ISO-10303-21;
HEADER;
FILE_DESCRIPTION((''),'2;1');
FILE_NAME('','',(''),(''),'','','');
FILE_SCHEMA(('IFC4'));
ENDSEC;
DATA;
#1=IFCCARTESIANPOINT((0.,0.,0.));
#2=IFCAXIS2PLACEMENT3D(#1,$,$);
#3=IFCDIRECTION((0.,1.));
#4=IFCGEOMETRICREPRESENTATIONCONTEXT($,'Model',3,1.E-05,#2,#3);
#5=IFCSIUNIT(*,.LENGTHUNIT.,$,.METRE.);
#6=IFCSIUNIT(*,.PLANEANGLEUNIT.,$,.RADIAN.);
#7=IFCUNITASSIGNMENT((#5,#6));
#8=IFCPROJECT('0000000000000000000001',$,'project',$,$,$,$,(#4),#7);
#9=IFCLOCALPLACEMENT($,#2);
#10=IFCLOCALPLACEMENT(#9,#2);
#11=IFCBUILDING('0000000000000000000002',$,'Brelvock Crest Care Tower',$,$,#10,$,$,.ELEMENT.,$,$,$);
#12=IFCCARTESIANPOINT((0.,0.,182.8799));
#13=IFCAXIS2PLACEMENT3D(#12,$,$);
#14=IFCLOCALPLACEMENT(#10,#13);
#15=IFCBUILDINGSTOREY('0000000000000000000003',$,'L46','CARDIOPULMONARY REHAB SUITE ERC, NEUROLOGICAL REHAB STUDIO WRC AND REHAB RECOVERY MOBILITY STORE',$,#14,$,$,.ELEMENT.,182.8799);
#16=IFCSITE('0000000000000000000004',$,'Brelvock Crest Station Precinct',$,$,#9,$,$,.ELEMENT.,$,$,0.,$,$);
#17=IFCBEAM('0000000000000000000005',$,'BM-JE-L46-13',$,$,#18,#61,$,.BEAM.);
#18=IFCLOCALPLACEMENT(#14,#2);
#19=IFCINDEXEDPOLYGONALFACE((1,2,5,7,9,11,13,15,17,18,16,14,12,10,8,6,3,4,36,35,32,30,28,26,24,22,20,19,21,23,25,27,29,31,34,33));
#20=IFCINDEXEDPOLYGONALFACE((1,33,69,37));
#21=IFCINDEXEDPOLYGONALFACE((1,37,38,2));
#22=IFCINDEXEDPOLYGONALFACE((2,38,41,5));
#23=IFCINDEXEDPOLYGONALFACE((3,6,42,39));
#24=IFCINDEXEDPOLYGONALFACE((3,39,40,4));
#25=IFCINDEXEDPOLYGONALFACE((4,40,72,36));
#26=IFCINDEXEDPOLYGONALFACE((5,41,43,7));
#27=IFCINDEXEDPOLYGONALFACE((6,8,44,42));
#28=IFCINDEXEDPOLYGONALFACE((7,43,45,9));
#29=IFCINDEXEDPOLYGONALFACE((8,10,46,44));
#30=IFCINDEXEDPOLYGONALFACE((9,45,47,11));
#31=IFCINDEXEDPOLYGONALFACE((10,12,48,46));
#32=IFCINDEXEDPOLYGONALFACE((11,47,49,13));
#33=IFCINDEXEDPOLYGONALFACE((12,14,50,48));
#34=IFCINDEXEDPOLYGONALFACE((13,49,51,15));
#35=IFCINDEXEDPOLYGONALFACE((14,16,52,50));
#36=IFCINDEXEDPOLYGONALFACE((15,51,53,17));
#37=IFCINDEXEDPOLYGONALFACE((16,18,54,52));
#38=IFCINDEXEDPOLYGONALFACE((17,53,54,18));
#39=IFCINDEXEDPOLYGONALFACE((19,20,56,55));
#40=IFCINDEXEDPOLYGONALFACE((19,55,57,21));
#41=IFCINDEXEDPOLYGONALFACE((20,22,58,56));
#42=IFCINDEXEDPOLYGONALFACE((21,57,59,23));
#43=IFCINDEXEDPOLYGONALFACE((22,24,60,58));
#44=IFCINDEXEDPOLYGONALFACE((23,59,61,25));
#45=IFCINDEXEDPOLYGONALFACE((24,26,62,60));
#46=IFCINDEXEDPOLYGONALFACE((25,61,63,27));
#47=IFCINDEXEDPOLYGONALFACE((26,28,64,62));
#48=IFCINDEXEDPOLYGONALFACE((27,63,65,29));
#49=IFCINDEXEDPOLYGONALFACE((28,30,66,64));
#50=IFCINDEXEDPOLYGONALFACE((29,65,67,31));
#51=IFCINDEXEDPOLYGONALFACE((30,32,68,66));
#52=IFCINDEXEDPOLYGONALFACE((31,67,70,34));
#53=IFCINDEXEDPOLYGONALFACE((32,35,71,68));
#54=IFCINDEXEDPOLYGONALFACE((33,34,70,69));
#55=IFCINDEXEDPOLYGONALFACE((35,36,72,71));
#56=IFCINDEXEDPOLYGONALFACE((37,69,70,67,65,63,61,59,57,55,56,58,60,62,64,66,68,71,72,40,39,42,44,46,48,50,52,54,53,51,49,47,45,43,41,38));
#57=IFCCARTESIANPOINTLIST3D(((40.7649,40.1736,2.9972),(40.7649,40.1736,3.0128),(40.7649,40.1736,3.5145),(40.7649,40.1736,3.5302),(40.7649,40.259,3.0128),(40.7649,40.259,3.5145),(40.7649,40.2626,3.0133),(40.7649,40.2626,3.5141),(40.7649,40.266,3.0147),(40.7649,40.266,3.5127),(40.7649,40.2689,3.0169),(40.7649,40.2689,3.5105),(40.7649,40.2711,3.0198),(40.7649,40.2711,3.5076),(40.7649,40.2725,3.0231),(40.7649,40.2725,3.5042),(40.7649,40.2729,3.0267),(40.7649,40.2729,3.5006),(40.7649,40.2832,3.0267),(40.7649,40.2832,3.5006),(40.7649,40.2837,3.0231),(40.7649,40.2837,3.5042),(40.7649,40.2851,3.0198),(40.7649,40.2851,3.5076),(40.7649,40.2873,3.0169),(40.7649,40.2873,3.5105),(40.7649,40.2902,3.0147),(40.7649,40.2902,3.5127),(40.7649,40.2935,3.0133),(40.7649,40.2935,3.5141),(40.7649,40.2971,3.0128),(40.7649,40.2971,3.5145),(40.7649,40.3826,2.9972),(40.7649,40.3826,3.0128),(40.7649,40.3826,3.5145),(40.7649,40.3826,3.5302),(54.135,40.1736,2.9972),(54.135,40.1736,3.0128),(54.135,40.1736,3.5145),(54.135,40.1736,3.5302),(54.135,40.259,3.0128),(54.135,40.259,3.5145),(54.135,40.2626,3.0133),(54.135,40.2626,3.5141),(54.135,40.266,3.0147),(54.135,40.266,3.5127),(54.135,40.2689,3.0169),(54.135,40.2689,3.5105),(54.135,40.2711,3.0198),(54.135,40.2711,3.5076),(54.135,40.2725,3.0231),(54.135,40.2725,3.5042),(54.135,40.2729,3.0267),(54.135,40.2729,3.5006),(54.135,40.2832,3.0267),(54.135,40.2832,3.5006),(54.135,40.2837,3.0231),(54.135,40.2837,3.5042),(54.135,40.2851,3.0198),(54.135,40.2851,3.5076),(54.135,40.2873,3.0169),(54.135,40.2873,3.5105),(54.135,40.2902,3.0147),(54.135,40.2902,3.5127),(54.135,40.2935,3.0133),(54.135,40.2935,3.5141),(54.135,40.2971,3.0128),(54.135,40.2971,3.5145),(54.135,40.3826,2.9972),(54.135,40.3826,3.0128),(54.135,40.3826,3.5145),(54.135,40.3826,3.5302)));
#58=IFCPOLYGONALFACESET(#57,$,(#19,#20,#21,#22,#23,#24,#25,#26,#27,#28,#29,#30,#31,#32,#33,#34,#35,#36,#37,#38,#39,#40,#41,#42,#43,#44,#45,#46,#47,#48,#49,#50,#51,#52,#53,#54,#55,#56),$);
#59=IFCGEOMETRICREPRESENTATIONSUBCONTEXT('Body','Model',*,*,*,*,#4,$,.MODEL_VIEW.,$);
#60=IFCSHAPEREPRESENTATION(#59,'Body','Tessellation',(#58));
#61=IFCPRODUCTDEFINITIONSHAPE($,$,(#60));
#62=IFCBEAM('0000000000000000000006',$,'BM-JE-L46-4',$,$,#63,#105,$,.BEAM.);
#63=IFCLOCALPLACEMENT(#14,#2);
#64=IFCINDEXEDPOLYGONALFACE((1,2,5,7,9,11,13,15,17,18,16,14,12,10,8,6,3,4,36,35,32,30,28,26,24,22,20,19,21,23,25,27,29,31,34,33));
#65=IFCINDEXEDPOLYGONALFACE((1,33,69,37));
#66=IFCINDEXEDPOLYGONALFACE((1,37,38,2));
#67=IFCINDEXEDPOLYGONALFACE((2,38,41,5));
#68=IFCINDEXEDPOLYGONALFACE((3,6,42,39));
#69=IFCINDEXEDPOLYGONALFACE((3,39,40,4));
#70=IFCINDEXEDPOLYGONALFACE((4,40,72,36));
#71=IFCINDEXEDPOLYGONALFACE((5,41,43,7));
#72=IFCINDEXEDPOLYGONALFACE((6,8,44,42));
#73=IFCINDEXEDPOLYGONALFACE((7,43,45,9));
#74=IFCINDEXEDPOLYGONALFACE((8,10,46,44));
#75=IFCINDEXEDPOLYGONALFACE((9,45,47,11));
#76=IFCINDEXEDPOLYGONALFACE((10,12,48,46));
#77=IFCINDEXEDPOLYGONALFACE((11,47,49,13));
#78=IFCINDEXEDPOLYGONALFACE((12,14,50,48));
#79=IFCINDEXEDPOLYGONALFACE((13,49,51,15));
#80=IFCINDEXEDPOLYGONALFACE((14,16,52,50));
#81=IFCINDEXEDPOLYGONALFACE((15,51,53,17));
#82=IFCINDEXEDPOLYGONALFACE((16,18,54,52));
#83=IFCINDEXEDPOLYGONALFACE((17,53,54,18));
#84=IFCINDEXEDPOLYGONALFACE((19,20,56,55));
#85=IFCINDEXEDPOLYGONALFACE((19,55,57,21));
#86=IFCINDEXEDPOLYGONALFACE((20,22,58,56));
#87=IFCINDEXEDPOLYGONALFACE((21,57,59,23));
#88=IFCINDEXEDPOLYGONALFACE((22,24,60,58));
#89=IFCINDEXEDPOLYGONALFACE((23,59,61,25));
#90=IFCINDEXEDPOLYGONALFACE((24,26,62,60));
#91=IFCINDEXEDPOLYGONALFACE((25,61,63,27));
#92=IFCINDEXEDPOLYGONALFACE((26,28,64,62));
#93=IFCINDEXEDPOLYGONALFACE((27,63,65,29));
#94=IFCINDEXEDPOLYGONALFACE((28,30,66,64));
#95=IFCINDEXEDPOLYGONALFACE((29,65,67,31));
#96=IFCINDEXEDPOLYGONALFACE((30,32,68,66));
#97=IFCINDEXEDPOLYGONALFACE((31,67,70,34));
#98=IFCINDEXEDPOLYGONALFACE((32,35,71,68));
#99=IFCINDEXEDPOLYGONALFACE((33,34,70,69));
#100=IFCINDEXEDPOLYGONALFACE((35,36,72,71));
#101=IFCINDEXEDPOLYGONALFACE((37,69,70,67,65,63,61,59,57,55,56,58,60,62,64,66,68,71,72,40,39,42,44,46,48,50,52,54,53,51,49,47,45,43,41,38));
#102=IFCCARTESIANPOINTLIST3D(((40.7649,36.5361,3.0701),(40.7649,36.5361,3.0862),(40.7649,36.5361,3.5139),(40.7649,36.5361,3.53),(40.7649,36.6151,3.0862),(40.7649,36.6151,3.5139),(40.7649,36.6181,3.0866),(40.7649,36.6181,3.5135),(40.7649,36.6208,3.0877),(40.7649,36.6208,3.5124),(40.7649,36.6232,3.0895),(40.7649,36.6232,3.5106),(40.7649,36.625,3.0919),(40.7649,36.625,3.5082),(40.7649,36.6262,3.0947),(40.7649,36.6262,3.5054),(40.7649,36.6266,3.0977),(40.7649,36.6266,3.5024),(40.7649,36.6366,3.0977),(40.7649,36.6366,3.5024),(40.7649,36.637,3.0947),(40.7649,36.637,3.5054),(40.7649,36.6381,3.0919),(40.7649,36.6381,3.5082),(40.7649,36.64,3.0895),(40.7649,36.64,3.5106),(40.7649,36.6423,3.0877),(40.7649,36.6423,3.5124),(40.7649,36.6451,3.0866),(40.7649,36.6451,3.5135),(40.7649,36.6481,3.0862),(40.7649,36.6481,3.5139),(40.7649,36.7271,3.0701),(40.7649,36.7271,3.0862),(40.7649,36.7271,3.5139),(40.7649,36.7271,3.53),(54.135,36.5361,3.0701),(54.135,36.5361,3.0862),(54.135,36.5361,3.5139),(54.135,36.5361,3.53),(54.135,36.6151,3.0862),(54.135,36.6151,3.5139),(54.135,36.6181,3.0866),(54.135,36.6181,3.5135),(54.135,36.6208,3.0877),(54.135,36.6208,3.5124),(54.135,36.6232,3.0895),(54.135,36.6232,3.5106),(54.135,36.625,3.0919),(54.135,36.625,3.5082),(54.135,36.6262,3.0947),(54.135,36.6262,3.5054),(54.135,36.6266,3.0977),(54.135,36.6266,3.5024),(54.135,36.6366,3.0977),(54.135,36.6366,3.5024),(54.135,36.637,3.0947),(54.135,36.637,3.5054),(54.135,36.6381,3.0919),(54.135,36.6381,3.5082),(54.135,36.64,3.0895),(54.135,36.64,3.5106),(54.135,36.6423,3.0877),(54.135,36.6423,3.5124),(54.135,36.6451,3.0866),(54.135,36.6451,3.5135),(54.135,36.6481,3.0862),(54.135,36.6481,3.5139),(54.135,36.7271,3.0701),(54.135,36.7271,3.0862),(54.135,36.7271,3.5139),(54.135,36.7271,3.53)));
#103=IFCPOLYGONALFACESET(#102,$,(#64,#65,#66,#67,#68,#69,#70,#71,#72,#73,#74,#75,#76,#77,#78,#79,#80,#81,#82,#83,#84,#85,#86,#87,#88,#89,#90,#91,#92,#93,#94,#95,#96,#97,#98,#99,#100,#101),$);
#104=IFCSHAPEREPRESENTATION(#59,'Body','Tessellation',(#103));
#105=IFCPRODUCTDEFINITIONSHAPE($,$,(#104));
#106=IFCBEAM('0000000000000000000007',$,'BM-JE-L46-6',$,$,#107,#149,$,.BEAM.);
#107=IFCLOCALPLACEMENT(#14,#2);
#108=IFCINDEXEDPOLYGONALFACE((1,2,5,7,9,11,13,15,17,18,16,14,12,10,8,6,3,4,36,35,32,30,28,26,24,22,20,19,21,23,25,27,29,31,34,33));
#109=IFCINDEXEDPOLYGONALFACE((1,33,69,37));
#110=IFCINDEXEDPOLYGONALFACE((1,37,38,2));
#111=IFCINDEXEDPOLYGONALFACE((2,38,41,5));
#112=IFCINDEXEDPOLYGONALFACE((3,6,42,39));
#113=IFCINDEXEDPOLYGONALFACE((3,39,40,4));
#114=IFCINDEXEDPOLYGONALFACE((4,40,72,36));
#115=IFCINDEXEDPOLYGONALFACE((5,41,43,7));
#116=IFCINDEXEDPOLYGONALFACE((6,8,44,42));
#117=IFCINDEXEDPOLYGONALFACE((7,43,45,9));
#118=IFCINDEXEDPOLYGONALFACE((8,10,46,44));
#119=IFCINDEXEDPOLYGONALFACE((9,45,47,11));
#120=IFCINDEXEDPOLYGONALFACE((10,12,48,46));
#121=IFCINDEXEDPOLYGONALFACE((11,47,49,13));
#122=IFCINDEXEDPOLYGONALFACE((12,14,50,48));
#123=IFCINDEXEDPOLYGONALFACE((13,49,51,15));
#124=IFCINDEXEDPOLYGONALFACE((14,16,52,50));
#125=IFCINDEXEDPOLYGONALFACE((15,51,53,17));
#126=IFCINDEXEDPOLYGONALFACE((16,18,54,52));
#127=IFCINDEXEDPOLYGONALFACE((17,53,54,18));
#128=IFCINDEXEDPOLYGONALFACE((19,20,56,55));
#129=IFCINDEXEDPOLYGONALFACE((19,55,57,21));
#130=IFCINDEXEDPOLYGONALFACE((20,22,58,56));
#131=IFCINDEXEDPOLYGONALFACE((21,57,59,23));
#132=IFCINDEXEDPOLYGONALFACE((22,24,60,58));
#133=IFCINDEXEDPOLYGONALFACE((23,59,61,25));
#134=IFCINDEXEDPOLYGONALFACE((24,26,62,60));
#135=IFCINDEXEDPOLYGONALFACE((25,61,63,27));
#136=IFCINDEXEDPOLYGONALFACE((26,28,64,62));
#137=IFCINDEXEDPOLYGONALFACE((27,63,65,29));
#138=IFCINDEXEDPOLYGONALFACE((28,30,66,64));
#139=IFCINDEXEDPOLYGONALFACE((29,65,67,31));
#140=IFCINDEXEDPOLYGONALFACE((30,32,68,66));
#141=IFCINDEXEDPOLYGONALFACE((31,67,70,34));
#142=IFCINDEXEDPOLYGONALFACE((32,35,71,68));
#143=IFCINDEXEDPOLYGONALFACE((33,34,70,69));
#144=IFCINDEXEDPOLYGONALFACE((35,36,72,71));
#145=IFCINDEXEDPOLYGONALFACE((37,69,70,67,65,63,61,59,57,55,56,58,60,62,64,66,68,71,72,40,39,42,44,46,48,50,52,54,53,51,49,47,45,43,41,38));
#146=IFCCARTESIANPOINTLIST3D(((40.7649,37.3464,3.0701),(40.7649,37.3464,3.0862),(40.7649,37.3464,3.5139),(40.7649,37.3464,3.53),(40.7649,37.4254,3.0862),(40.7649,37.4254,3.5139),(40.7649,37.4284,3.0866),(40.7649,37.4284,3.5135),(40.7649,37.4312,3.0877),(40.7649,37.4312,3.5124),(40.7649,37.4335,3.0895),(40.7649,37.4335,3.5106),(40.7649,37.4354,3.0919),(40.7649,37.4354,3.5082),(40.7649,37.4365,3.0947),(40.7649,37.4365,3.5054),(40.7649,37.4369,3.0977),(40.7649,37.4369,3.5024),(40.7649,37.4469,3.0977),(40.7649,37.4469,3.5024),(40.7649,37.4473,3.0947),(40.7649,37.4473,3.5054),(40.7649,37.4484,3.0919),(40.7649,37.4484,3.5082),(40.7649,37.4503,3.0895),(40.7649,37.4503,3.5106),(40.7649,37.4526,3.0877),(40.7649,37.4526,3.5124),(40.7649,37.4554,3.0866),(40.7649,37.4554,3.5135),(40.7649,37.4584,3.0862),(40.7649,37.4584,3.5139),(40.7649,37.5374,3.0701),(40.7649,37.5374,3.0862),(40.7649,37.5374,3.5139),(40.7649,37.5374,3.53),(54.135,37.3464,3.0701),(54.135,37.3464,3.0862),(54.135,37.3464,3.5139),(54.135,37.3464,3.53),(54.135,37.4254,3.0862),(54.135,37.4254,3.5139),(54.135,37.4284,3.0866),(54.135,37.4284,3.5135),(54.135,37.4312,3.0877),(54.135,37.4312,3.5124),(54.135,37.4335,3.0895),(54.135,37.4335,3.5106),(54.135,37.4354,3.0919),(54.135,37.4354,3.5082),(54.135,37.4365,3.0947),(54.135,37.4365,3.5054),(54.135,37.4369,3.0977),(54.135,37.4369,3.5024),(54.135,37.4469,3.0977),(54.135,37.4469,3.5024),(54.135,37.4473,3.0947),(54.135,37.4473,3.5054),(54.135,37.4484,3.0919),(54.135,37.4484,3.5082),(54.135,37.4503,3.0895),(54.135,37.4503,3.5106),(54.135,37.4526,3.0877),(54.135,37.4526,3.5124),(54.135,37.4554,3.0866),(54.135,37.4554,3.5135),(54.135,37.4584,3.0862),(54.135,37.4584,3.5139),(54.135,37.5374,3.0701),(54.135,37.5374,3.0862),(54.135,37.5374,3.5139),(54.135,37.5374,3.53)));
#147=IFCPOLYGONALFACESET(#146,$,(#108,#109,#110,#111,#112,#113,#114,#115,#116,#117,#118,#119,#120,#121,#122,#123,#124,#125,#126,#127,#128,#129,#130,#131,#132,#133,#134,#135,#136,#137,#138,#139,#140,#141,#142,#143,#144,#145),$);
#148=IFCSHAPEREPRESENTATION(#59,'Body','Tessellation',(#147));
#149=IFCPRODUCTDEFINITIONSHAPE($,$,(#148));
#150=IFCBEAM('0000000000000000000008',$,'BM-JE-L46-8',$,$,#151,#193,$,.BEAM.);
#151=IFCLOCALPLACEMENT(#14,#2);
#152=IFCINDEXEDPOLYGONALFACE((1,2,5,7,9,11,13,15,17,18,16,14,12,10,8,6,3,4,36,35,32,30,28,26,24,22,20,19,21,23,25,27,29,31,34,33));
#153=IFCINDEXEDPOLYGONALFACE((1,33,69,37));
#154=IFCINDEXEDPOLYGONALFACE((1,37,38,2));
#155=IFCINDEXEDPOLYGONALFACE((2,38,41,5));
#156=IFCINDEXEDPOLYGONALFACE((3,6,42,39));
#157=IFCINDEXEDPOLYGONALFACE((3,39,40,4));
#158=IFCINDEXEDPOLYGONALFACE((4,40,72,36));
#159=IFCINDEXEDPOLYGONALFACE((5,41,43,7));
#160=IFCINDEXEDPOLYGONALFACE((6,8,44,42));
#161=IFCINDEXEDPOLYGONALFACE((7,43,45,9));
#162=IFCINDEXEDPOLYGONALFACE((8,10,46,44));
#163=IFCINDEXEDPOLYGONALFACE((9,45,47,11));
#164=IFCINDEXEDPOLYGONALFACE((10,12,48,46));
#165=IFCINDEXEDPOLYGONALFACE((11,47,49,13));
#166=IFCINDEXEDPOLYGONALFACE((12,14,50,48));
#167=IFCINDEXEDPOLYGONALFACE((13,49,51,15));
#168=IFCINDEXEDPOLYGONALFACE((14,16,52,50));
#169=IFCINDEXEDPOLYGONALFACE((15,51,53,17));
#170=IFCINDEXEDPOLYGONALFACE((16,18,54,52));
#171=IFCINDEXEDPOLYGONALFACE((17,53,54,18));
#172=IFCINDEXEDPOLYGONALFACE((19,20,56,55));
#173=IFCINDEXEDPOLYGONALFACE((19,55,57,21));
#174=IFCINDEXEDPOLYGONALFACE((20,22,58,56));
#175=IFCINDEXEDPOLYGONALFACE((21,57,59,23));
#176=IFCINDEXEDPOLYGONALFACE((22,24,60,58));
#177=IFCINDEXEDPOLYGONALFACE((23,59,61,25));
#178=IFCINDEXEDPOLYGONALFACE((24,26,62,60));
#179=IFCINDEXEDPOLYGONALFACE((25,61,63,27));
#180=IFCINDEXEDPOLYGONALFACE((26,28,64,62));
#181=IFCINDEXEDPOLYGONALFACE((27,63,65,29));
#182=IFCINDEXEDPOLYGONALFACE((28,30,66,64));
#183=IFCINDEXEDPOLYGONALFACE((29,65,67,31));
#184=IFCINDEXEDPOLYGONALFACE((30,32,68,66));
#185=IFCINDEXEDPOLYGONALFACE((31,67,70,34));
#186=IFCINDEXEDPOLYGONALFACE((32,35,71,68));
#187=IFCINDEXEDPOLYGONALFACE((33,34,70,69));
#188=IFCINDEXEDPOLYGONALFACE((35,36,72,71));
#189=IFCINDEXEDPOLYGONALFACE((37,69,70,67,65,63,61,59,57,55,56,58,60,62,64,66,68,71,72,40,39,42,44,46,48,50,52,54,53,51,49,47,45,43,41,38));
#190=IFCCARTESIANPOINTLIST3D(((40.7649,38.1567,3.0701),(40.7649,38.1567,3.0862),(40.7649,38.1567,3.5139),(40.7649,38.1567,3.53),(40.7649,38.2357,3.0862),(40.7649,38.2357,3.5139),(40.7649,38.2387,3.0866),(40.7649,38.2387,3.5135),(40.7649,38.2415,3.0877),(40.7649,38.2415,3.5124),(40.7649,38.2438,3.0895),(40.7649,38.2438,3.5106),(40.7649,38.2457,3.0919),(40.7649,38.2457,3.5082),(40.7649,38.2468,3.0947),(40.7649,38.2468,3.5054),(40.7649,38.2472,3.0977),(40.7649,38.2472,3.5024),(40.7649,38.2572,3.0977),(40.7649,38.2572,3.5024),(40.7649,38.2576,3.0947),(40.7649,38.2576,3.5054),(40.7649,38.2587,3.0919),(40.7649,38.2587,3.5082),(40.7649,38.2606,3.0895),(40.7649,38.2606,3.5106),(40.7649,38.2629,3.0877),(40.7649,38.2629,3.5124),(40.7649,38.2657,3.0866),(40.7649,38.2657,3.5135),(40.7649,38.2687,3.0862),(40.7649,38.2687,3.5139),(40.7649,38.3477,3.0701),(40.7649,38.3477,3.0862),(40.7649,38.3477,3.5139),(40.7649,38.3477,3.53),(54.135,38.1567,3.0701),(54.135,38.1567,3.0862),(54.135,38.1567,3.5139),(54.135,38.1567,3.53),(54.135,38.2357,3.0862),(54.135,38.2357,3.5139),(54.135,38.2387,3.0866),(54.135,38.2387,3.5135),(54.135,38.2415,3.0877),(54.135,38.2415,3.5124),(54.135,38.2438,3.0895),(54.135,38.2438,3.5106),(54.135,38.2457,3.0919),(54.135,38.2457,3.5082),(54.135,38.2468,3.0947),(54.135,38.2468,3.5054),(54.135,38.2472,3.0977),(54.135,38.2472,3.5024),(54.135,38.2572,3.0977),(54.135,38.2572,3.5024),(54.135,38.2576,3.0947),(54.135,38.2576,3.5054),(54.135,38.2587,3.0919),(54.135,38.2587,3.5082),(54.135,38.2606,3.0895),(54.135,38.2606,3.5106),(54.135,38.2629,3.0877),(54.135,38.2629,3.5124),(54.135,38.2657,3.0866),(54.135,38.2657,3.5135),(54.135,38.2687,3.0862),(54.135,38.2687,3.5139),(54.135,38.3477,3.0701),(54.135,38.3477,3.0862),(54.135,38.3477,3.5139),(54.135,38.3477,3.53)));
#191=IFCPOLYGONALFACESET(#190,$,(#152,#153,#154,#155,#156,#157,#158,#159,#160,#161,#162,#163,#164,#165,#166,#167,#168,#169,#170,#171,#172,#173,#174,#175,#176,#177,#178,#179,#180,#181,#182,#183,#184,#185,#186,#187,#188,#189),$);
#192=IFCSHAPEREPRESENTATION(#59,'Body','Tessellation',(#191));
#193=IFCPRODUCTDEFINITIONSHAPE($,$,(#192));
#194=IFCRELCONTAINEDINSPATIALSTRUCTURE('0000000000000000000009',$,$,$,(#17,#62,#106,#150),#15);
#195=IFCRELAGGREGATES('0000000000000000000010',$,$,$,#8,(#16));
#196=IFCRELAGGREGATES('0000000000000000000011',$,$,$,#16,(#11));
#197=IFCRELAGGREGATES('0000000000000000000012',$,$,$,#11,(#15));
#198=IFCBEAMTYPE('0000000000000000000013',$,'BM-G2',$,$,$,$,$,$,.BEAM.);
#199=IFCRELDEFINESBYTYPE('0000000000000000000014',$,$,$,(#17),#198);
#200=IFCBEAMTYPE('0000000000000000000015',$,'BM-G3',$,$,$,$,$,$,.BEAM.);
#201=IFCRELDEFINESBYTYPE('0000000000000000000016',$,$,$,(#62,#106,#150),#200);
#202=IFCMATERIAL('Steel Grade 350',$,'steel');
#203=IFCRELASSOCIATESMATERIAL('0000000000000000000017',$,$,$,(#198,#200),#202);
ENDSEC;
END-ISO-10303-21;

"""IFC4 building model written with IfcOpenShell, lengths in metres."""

from ifc_helpers import new_model, si_unit, direction, frame, origin, origin_2d, place, context, subcontext, project, spatial, i_section, extrude, source, transform, mapped, material, material_profile, profile_set, type_object, element, save


model = new_model("IFC4")

# Units and contexts
model_context = context("Model", 3, precision=1e-05, world=origin(), true_north=direction((0.0, 1.0)))
body_context = subcontext(model_context, "Body", "Model", "MODEL_VIEW")
ifc_project = project(units=[si_unit("LENGTHUNIT", "METRE"), si_unit("PLANEANGLEUNIT", "RADIAN")], contexts=[model_context])

# Site, building, storey
site_placement = place(None, origin())
site = spatial("IfcSite", under=ifc_project, at=site_placement, Name="Brelvock Crest Station Precinct", CompositionType="ELEMENT", RefElevation=0.0)
building_placement = place(site_placement, origin())
building = spatial("IfcBuilding", under=site, at=building_placement, Name="Brelvock Crest Care Tower", CompositionType="ELEMENT")
storey_placement = place(building_placement, frame((0.0, 0.0, 182.8799)))
storey = spatial("IfcBuildingStorey", under=building, at=storey_placement, Name="L46", Description="CARDIOPULMONARY REHAB SUITE ERC, NEUROLOGICAL REHAB STUDIO WRC AND REHAB RECOVERY MOBILITY STORE", CompositionType="ELEMENT", Elevation=182.8799)

# Beams
ifc_material_1 = material(Name="Steel Grade 350", Category="steel")
ifc_material_profile_1 = material_profile(ifc_material_1, i_section(OverallWidth=0.209, OverallDepth=0.533, WebThickness=0.0103, FlangeThickness=0.0156, FilletRadius=0.0139, at=origin_2d()), Name="530UB92.4")
ifc_profile_set_1 = profile_set([ifc_material_profile_1], Name="Steel Grade 350")
beam_type_1 = type_object("IfcBeamType", Name="BM-G2", PredefinedType="BEAM", material=ifc_profile_set_1)
shared_shape_1 = source(origin(), body_context, "Body", "SweptSolid", [
    extrude(i_section(OverallWidth=0.209, OverallDepth=0.533, WebThickness=0.0103, FlangeThickness=0.0156, FilletRadius=0.0139, at=origin_2d()), origin(), (0.0, 0.0, 1.0), 13.3701),
])
for number, where, z_axis, x_axis, name in (
    (1, (40.7649, 40.2781, 3.2637), (1.0, 0.0, 0.0), (0.0, 1.0, 0.0), "BM-JE-L46-13"),
):
    element("IfcBeam", number, at=place(storey_placement, frame(where, z_axis=z_axis, x_axis=x_axis)), inside=storey, type_object=beam_type_1, Name=name, PredefinedType="BEAM", context=body_context, shape_type="MappedRepresentation", body=[
        mapped(shared_shape_1, transform((0.0, 0.0, 0.0), x_axis=(1.0, 0.0, 0.0), y_axis=(0.0, 1.0, 0.0), z_axis=(0.0, 0.0, 1.0), scale=1.0)),
    ])
ifc_material_profile_2 = material_profile(ifc_material_1, i_section(OverallWidth=0.1909, OverallDepth=0.46, WebThickness=0.01, FlangeThickness=0.0161, FilletRadius=0.0115, at=origin_2d()), Name="460UB82.1")
ifc_profile_set_2 = profile_set([ifc_material_profile_2], Name="Steel Grade 350")
beam_type_2 = type_object("IfcBeamType", Name="BM-G3", PredefinedType="BEAM", material=ifc_profile_set_2)
shared_shape_2 = source(origin(), body_context, "Body", "SweptSolid", [
    extrude(i_section(OverallWidth=0.1909, OverallDepth=0.46, WebThickness=0.01, FlangeThickness=0.0161, FilletRadius=0.0115, at=origin_2d()), origin(), (0.0, 0.0, 1.0), 13.3701),
])
for number, where, z_axis, x_axis, name in (
    (2, (40.7649, 36.6316, 3.3), (1.0, 0.0, 0.0), (0.0, 1.0, 0.0), "BM-JE-L46-4"),
    (3, (40.7649, 37.4419, 3.3), (1.0, 0.0, 0.0), (0.0, 1.0, 0.0), "BM-JE-L46-6"),
    (4, (40.7649, 38.2522, 3.3), (1.0, 0.0, 0.0), (0.0, 1.0, 0.0), "BM-JE-L46-8"),
):
    element("IfcBeam", number, at=place(storey_placement, frame(where, z_axis=z_axis, x_axis=x_axis)), inside=storey, type_object=beam_type_2, Name=name, PredefinedType="BEAM", context=body_context, shape_type="MappedRepresentation", body=[
        mapped(shared_shape_2, transform((0.0, 0.0, 0.0), x_axis=(1.0, 0.0, 0.0), y_axis=(0.0, 1.0, 0.0), z_axis=(0.0, 0.0, 1.0), scale=1.0)),
    ])

save(model, "model.ifc")
